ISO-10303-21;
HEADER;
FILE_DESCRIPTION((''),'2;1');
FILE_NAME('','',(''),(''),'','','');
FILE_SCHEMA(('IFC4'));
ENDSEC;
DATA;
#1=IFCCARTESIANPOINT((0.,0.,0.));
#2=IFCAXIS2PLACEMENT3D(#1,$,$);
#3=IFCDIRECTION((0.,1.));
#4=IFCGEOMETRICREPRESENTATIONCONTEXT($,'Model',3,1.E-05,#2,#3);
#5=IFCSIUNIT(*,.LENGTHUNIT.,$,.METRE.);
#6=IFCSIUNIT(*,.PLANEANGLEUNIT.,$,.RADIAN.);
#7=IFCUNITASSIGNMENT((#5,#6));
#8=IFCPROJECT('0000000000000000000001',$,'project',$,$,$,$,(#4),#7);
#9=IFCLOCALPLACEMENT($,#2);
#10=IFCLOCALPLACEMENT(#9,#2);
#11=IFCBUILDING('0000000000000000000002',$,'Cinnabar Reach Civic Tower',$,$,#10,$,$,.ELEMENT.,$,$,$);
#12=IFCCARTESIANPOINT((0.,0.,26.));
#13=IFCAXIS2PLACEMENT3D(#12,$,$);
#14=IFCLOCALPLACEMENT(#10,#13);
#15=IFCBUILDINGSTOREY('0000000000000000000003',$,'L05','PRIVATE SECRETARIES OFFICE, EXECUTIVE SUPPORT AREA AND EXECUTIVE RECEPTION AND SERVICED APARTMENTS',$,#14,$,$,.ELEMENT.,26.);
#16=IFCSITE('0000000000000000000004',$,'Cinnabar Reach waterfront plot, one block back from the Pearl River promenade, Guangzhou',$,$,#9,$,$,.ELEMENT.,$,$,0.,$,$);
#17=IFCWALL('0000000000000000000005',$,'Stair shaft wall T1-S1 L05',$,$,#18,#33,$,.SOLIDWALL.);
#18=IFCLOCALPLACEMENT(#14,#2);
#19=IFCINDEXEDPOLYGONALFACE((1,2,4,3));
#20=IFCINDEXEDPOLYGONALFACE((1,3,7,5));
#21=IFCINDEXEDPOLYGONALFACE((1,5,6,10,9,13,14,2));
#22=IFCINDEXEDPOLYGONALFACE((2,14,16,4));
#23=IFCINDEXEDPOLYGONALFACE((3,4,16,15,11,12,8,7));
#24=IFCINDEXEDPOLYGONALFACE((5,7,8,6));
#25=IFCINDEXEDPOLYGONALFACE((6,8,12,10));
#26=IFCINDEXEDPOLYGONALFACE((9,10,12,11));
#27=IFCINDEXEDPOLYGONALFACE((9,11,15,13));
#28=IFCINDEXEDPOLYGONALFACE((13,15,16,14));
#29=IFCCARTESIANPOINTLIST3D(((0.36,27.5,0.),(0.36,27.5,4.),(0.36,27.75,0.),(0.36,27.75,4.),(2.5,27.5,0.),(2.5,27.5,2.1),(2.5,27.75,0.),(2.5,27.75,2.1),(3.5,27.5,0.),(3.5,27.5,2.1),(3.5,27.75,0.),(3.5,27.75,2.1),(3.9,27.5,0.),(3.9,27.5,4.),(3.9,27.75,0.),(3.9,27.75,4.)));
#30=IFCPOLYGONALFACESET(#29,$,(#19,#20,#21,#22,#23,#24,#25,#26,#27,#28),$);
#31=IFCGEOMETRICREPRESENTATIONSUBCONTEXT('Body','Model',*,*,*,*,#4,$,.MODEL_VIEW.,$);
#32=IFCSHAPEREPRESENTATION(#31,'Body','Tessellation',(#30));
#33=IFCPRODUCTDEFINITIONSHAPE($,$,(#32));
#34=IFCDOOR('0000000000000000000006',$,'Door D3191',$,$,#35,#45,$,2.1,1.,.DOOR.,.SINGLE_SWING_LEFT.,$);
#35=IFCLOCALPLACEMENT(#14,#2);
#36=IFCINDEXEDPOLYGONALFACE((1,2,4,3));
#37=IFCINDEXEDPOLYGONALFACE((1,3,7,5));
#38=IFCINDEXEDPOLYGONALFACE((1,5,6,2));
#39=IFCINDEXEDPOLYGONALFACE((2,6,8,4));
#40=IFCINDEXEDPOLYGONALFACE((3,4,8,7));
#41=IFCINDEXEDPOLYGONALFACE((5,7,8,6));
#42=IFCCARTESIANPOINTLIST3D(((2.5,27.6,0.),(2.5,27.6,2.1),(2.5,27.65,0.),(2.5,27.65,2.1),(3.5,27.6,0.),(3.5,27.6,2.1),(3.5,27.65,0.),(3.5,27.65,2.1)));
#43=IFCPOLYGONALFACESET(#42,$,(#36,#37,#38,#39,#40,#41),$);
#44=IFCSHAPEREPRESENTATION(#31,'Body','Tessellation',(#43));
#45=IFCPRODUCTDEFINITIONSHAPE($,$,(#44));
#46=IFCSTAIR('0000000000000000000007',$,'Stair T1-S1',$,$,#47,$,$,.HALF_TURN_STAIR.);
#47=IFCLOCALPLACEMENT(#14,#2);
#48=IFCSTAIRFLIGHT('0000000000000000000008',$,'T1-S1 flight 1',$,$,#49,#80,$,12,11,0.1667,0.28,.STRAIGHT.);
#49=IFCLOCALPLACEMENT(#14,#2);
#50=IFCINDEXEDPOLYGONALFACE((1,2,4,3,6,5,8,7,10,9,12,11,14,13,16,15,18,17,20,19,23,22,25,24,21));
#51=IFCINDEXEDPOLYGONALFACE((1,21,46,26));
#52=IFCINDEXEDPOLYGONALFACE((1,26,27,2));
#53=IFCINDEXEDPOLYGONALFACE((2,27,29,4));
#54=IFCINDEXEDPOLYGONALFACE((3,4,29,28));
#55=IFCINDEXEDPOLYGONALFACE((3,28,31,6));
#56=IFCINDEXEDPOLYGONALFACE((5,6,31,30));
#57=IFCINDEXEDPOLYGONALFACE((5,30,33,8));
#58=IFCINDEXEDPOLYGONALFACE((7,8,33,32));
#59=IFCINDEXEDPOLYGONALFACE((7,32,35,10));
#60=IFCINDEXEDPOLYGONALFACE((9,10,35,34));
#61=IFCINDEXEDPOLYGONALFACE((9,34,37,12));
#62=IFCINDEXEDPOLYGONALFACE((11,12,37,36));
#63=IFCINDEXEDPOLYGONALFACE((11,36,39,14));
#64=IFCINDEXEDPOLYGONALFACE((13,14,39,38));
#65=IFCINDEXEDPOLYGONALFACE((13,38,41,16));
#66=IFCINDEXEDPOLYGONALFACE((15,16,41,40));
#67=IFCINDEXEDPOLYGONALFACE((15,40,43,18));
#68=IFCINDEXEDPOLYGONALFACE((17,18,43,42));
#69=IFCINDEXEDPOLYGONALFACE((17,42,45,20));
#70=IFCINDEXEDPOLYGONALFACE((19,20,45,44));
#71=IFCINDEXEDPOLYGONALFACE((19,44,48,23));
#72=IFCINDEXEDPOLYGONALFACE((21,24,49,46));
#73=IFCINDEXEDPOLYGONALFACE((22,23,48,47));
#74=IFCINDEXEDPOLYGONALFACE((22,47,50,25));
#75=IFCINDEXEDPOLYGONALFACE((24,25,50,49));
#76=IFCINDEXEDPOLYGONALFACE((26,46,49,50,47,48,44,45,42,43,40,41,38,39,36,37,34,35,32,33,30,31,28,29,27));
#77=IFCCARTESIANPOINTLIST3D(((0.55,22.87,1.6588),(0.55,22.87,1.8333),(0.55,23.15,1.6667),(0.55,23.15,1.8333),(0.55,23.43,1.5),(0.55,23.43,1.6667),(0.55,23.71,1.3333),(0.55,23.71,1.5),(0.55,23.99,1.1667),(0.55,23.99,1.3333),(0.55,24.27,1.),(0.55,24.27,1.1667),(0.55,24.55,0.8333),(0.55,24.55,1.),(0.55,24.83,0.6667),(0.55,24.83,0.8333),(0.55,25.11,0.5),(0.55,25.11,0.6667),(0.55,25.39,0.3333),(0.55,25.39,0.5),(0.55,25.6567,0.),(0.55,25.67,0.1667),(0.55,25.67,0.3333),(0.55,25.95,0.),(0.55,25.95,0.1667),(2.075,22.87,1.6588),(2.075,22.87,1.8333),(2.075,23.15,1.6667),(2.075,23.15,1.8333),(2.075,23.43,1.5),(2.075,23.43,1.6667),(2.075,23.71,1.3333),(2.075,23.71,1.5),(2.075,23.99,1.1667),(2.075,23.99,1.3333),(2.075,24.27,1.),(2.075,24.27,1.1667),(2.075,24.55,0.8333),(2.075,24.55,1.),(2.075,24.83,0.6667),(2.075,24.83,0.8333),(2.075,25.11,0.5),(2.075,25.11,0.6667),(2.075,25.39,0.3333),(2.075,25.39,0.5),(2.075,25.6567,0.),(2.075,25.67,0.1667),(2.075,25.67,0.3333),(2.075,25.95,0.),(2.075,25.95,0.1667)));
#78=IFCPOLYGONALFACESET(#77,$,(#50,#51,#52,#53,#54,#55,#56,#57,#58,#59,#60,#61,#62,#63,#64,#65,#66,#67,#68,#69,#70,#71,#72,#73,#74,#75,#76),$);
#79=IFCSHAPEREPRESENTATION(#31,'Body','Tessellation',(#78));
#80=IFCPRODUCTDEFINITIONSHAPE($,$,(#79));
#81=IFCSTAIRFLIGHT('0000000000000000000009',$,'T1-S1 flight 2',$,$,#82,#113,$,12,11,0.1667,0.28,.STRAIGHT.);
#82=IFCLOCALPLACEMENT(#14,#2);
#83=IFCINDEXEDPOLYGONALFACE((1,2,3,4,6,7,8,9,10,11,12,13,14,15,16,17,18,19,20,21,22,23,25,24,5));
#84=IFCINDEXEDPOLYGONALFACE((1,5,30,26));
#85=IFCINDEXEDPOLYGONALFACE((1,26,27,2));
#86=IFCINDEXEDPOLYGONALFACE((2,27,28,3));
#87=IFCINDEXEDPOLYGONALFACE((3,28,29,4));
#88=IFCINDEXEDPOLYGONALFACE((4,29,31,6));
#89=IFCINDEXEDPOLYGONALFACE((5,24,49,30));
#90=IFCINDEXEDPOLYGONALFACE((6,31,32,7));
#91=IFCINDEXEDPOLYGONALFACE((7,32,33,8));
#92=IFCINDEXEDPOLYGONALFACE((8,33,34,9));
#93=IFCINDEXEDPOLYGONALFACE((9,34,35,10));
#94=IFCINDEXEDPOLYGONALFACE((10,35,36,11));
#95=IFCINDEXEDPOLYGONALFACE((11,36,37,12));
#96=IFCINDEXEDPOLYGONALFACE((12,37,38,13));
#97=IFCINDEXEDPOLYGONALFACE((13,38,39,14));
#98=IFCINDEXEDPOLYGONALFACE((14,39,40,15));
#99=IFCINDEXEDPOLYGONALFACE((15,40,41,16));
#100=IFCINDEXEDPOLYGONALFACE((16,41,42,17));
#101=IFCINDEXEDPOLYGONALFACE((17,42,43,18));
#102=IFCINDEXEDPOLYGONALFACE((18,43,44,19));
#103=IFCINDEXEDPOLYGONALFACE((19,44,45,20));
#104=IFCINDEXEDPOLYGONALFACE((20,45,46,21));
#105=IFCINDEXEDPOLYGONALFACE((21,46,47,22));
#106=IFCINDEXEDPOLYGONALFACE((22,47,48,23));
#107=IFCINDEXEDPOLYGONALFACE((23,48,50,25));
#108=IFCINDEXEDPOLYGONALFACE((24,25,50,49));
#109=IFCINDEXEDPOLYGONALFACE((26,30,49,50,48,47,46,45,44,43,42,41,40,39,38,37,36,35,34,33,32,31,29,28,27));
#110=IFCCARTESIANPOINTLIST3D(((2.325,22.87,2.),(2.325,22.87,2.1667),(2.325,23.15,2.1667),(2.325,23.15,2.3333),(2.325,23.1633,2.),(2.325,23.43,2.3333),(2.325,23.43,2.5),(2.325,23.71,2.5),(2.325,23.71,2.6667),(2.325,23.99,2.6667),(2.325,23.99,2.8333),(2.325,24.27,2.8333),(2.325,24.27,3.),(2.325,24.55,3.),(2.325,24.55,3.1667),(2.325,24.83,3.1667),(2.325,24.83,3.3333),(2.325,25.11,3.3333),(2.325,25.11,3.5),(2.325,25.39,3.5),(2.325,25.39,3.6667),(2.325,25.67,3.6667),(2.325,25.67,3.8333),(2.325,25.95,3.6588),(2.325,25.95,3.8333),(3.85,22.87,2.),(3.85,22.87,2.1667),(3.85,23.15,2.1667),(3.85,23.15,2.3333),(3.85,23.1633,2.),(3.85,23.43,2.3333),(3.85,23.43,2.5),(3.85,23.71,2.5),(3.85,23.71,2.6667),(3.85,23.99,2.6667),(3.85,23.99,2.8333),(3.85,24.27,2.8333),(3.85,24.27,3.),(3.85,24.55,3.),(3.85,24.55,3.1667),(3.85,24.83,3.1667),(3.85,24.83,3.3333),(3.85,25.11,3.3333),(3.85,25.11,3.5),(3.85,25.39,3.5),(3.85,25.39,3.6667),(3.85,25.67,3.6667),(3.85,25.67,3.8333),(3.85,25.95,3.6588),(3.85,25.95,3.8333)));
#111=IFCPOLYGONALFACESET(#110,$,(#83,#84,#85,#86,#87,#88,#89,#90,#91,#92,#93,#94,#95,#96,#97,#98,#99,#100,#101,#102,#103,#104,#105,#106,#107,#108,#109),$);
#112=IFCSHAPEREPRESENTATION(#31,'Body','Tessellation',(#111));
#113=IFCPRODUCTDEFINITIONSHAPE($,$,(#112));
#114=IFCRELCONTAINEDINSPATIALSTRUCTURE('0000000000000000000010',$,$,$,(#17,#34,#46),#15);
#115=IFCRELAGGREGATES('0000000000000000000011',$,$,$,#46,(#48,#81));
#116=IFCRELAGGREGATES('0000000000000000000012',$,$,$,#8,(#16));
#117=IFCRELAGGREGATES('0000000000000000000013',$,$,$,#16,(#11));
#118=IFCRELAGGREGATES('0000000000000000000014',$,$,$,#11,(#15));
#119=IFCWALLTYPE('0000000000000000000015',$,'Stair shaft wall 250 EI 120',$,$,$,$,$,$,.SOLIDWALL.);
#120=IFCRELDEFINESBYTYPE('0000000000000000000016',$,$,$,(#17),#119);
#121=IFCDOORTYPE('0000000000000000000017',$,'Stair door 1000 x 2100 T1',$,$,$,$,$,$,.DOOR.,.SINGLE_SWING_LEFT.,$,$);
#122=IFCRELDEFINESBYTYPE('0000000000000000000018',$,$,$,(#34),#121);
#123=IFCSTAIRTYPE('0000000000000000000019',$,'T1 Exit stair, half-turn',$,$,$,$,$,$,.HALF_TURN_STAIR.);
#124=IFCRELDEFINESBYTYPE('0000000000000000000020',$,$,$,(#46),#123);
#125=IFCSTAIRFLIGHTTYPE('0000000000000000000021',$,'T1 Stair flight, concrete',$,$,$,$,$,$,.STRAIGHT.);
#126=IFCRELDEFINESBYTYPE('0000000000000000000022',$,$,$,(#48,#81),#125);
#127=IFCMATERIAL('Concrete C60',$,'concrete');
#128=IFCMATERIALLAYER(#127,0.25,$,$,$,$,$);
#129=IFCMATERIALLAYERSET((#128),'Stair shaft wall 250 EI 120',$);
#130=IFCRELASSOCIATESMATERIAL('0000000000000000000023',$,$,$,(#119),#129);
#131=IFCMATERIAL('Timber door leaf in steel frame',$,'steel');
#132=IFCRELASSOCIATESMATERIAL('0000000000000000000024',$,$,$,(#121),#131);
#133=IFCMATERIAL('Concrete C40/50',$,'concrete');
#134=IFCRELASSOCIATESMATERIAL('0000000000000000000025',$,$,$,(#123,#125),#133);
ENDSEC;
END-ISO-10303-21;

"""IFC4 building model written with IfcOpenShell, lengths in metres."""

from ifc_helpers import new_model, si_unit, direction, frame, frame_2d, origin, place, context, subcontext, project, spatial, polyline, rectangle, outline, extrude, material, layer, layer_set, type_object, element, fill, aggregate, save


model = new_model("IFC4")

# Units and contexts
model_context = context("Model", 3, precision=1e-05, world=origin(), true_north=direction((0.0, 1.0)))
body_context = subcontext(model_context, "Body", "Model", "MODEL_VIEW")
ifc_project = project(units=[si_unit("LENGTHUNIT", "METRE"), si_unit("PLANEANGLEUNIT", "RADIAN")], contexts=[model_context])

# Site, building, storey
site_placement = place(None, origin())
site = spatial("IfcSite", under=ifc_project, at=site_placement, Name="Cinnabar Reach waterfront plot, one block back from the Pearl River promenade, Guangzhou", CompositionType="ELEMENT", RefElevation=0.0)
building_placement = place(site_placement, origin())
building = spatial("IfcBuilding", under=site, at=building_placement, Name="Cinnabar Reach Civic Tower", CompositionType="ELEMENT")
storey_placement = place(building_placement, frame((0.0, 0.0, 26.0)))
storey = spatial("IfcBuildingStorey", under=building, at=storey_placement, Name="L05", Description="PRIVATE SECRETARIES OFFICE, EXECUTIVE SUPPORT AREA AND EXECUTIVE RECEPTION AND SERVICED APARTMENTS", CompositionType="ELEMENT", Elevation=26.0)

# Wall, opening, door
ifc_material_1 = material(Name="Concrete C60", Category="concrete")
ifc_layer_1 = layer(ifc_material_1, 0.25)
ifc_layer_set_1 = layer_set([ifc_layer_1], Name="Stair shaft wall 250 EI 120")
wall_type_1 = type_object("IfcWallType", Name="Stair shaft wall 250 EI 120", PredefinedType="SOLIDWALL", material=ifc_layer_set_1)
wall_1_placement = place(storey_placement, frame((3.9, 27.625, 0.0), z_axis=(0.0, 0.0, 1.0), x_axis=(-1.0, 0.0, 0.0)))
wall_1 = element("IfcWall", 1, at=wall_1_placement, inside=storey, type_object=wall_type_1, Name="Stair shaft wall T1-S1 L05", PredefinedType="SOLIDWALL", context=body_context, shape_type="SweptSolid", body=[
    extrude(rectangle(XDim=3.54, YDim=0.25, at=frame_2d((1.77, 0.0))), origin(), (0.0, 0.0, 1.0), 4.0),
])
opening_1_placement = place(wall_1_placement, frame((0.4, 0.0, 0.0)))
opening_1 = element("IfcOpeningElement", 2, at=opening_1_placement, cuts=wall_1, PredefinedType="OPENING", context=body_context, shape_type="SweptSolid", body=[
    extrude(rectangle(XDim=1.0, YDim=2.1, at=frame_2d((0.5, 1.05))), frame((0.0, 0.135, 0.0), z_axis=(0.0, -1.0, 0.0), x_axis=(1.0, 0.0, 0.0)), (0.0, 0.0, 1.0), 0.27),
])
ifc_material_2 = material(Name="Timber door leaf in steel frame", Category="steel")
door_type_1 = type_object("IfcDoorType", Name="Stair door 1000 x 2100 T1", OperationType="SINGLE_SWING_LEFT", PredefinedType="DOOR", material=ifc_material_2)
door_1_placement = place(opening_1_placement, origin())
door_1 = element("IfcDoor", 3, at=door_1_placement, inside=storey, type_object=door_type_1, Name="Door D3191", OperationType="SINGLE_SWING_LEFT", OverallHeight=2.1, OverallWidth=1.0, PredefinedType="DOOR", context=body_context, shape_type="SweptSolid", body=[
    extrude(rectangle(XDim=1.0, YDim=2.1, at=frame_2d((0.5, 1.05))), frame((0.0, 0.025, 0.0), z_axis=(0.0, -1.0, 0.0), x_axis=(1.0, 0.0, 0.0)), (0.0, 0.0, 1.0), 0.05),
])
fill(opening_1, door_1)

# Stair, stair flights
ifc_material_3 = material(Name="Concrete C40/50", Category="concrete")
stair_type = type_object("IfcStairType", Name="T1 Exit stair, half-turn", PredefinedType="HALF_TURN_STAIR", material=ifc_material_3)
stair_placement = place(storey_placement, origin())
stair = element("IfcStair", 4, at=stair_placement, inside=storey, type_object=stair_type, Name="Stair T1-S1", PredefinedType="HALF_TURN_STAIR")
stair_flight_type = type_object("IfcStairFlightType", Name="T1 Stair flight, concrete", PredefinedType="STRAIGHT", material=ifc_material_3)
stair_flight_1_placement = place(storey_placement, frame((1.3125, 25.95, 0.0), z_axis=(0.0, 0.0, 1.0), x_axis=(0.0, -1.0, 0.0)))
stair_flight_1 = element("IfcStairFlight", 5, at=stair_flight_1_placement, type_object=stair_flight_type, Name="T1-S1 flight 1", NumberOfRisers=12, NumberOfTreads=11, PredefinedType="STRAIGHT", RiserHeight=0.1667, TreadLength=0.28, context=body_context, shape_type="SweptSolid", body=[
    extrude(outline(polyline([(0.0, 0.0), (0.0, 0.1667), (0.28, 0.1667), (0.28, 0.3333), (0.56, 0.3333), (0.56, 0.5), (0.84, 0.5), (0.84, 0.6667), (1.12, 0.6667), (1.12, 0.8333), (1.4, 0.8333), (1.4, 1.0), (1.68, 1.0), (1.68, 1.1667), (1.96, 1.1667), (1.96, 1.3333), (2.24, 1.3333), (2.24, 1.5), (2.52, 1.5), (2.52, 1.6667), (2.8, 1.6667), (2.8, 1.8333), (3.08, 1.8333), (3.08, 2.0), (3.08, 1.6588), (0.2933, 0.0), (0.0, 0.0)])), frame((0.0, 0.7625, 0.0), z_axis=(0.0, -1.0, 0.0), x_axis=(1.0, 0.0, 0.0)), (0.0, 0.0, 1.0), 1.525),
])
stair_flight_2_placement = place(storey_placement, frame((3.0875, 22.87, 2.0), z_axis=(0.0, 0.0, 1.0), x_axis=(0.0, 1.0, 0.0)))
stair_flight_2 = element("IfcStairFlight", 6, at=stair_flight_2_placement, type_object=stair_flight_type, Name="T1-S1 flight 2", NumberOfRisers=12, NumberOfTreads=11, PredefinedType="STRAIGHT", RiserHeight=0.1667, TreadLength=0.28, context=body_context, shape_type="SweptSolid", body=[
    extrude(outline(polyline([(0.0, 0.0), (0.0, 0.1667), (0.28, 0.1667), (0.28, 0.3333), (0.56, 0.3333), (0.56, 0.5), (0.84, 0.5), (0.84, 0.6667), (1.12, 0.6667), (1.12, 0.8333), (1.4, 0.8333), (1.4, 1.0), (1.68, 1.0), (1.68, 1.1667), (1.96, 1.1667), (1.96, 1.3333), (2.24, 1.3333), (2.24, 1.5), (2.52, 1.5), (2.52, 1.6667), (2.8, 1.6667), (2.8, 1.8333), (3.08, 1.8333), (3.08, 2.0), (3.08, 1.6588), (0.2933, 0.0), (0.0, 0.0)])), frame((0.0, 0.7625, 0.0), z_axis=(0.0, -1.0, 0.0), x_axis=(1.0, 0.0, 0.0)), (0.0, 0.0, 1.0), 1.525),
])
aggregate(stair, [stair_flight_1, stair_flight_2])

save(model, "model.ifc")
